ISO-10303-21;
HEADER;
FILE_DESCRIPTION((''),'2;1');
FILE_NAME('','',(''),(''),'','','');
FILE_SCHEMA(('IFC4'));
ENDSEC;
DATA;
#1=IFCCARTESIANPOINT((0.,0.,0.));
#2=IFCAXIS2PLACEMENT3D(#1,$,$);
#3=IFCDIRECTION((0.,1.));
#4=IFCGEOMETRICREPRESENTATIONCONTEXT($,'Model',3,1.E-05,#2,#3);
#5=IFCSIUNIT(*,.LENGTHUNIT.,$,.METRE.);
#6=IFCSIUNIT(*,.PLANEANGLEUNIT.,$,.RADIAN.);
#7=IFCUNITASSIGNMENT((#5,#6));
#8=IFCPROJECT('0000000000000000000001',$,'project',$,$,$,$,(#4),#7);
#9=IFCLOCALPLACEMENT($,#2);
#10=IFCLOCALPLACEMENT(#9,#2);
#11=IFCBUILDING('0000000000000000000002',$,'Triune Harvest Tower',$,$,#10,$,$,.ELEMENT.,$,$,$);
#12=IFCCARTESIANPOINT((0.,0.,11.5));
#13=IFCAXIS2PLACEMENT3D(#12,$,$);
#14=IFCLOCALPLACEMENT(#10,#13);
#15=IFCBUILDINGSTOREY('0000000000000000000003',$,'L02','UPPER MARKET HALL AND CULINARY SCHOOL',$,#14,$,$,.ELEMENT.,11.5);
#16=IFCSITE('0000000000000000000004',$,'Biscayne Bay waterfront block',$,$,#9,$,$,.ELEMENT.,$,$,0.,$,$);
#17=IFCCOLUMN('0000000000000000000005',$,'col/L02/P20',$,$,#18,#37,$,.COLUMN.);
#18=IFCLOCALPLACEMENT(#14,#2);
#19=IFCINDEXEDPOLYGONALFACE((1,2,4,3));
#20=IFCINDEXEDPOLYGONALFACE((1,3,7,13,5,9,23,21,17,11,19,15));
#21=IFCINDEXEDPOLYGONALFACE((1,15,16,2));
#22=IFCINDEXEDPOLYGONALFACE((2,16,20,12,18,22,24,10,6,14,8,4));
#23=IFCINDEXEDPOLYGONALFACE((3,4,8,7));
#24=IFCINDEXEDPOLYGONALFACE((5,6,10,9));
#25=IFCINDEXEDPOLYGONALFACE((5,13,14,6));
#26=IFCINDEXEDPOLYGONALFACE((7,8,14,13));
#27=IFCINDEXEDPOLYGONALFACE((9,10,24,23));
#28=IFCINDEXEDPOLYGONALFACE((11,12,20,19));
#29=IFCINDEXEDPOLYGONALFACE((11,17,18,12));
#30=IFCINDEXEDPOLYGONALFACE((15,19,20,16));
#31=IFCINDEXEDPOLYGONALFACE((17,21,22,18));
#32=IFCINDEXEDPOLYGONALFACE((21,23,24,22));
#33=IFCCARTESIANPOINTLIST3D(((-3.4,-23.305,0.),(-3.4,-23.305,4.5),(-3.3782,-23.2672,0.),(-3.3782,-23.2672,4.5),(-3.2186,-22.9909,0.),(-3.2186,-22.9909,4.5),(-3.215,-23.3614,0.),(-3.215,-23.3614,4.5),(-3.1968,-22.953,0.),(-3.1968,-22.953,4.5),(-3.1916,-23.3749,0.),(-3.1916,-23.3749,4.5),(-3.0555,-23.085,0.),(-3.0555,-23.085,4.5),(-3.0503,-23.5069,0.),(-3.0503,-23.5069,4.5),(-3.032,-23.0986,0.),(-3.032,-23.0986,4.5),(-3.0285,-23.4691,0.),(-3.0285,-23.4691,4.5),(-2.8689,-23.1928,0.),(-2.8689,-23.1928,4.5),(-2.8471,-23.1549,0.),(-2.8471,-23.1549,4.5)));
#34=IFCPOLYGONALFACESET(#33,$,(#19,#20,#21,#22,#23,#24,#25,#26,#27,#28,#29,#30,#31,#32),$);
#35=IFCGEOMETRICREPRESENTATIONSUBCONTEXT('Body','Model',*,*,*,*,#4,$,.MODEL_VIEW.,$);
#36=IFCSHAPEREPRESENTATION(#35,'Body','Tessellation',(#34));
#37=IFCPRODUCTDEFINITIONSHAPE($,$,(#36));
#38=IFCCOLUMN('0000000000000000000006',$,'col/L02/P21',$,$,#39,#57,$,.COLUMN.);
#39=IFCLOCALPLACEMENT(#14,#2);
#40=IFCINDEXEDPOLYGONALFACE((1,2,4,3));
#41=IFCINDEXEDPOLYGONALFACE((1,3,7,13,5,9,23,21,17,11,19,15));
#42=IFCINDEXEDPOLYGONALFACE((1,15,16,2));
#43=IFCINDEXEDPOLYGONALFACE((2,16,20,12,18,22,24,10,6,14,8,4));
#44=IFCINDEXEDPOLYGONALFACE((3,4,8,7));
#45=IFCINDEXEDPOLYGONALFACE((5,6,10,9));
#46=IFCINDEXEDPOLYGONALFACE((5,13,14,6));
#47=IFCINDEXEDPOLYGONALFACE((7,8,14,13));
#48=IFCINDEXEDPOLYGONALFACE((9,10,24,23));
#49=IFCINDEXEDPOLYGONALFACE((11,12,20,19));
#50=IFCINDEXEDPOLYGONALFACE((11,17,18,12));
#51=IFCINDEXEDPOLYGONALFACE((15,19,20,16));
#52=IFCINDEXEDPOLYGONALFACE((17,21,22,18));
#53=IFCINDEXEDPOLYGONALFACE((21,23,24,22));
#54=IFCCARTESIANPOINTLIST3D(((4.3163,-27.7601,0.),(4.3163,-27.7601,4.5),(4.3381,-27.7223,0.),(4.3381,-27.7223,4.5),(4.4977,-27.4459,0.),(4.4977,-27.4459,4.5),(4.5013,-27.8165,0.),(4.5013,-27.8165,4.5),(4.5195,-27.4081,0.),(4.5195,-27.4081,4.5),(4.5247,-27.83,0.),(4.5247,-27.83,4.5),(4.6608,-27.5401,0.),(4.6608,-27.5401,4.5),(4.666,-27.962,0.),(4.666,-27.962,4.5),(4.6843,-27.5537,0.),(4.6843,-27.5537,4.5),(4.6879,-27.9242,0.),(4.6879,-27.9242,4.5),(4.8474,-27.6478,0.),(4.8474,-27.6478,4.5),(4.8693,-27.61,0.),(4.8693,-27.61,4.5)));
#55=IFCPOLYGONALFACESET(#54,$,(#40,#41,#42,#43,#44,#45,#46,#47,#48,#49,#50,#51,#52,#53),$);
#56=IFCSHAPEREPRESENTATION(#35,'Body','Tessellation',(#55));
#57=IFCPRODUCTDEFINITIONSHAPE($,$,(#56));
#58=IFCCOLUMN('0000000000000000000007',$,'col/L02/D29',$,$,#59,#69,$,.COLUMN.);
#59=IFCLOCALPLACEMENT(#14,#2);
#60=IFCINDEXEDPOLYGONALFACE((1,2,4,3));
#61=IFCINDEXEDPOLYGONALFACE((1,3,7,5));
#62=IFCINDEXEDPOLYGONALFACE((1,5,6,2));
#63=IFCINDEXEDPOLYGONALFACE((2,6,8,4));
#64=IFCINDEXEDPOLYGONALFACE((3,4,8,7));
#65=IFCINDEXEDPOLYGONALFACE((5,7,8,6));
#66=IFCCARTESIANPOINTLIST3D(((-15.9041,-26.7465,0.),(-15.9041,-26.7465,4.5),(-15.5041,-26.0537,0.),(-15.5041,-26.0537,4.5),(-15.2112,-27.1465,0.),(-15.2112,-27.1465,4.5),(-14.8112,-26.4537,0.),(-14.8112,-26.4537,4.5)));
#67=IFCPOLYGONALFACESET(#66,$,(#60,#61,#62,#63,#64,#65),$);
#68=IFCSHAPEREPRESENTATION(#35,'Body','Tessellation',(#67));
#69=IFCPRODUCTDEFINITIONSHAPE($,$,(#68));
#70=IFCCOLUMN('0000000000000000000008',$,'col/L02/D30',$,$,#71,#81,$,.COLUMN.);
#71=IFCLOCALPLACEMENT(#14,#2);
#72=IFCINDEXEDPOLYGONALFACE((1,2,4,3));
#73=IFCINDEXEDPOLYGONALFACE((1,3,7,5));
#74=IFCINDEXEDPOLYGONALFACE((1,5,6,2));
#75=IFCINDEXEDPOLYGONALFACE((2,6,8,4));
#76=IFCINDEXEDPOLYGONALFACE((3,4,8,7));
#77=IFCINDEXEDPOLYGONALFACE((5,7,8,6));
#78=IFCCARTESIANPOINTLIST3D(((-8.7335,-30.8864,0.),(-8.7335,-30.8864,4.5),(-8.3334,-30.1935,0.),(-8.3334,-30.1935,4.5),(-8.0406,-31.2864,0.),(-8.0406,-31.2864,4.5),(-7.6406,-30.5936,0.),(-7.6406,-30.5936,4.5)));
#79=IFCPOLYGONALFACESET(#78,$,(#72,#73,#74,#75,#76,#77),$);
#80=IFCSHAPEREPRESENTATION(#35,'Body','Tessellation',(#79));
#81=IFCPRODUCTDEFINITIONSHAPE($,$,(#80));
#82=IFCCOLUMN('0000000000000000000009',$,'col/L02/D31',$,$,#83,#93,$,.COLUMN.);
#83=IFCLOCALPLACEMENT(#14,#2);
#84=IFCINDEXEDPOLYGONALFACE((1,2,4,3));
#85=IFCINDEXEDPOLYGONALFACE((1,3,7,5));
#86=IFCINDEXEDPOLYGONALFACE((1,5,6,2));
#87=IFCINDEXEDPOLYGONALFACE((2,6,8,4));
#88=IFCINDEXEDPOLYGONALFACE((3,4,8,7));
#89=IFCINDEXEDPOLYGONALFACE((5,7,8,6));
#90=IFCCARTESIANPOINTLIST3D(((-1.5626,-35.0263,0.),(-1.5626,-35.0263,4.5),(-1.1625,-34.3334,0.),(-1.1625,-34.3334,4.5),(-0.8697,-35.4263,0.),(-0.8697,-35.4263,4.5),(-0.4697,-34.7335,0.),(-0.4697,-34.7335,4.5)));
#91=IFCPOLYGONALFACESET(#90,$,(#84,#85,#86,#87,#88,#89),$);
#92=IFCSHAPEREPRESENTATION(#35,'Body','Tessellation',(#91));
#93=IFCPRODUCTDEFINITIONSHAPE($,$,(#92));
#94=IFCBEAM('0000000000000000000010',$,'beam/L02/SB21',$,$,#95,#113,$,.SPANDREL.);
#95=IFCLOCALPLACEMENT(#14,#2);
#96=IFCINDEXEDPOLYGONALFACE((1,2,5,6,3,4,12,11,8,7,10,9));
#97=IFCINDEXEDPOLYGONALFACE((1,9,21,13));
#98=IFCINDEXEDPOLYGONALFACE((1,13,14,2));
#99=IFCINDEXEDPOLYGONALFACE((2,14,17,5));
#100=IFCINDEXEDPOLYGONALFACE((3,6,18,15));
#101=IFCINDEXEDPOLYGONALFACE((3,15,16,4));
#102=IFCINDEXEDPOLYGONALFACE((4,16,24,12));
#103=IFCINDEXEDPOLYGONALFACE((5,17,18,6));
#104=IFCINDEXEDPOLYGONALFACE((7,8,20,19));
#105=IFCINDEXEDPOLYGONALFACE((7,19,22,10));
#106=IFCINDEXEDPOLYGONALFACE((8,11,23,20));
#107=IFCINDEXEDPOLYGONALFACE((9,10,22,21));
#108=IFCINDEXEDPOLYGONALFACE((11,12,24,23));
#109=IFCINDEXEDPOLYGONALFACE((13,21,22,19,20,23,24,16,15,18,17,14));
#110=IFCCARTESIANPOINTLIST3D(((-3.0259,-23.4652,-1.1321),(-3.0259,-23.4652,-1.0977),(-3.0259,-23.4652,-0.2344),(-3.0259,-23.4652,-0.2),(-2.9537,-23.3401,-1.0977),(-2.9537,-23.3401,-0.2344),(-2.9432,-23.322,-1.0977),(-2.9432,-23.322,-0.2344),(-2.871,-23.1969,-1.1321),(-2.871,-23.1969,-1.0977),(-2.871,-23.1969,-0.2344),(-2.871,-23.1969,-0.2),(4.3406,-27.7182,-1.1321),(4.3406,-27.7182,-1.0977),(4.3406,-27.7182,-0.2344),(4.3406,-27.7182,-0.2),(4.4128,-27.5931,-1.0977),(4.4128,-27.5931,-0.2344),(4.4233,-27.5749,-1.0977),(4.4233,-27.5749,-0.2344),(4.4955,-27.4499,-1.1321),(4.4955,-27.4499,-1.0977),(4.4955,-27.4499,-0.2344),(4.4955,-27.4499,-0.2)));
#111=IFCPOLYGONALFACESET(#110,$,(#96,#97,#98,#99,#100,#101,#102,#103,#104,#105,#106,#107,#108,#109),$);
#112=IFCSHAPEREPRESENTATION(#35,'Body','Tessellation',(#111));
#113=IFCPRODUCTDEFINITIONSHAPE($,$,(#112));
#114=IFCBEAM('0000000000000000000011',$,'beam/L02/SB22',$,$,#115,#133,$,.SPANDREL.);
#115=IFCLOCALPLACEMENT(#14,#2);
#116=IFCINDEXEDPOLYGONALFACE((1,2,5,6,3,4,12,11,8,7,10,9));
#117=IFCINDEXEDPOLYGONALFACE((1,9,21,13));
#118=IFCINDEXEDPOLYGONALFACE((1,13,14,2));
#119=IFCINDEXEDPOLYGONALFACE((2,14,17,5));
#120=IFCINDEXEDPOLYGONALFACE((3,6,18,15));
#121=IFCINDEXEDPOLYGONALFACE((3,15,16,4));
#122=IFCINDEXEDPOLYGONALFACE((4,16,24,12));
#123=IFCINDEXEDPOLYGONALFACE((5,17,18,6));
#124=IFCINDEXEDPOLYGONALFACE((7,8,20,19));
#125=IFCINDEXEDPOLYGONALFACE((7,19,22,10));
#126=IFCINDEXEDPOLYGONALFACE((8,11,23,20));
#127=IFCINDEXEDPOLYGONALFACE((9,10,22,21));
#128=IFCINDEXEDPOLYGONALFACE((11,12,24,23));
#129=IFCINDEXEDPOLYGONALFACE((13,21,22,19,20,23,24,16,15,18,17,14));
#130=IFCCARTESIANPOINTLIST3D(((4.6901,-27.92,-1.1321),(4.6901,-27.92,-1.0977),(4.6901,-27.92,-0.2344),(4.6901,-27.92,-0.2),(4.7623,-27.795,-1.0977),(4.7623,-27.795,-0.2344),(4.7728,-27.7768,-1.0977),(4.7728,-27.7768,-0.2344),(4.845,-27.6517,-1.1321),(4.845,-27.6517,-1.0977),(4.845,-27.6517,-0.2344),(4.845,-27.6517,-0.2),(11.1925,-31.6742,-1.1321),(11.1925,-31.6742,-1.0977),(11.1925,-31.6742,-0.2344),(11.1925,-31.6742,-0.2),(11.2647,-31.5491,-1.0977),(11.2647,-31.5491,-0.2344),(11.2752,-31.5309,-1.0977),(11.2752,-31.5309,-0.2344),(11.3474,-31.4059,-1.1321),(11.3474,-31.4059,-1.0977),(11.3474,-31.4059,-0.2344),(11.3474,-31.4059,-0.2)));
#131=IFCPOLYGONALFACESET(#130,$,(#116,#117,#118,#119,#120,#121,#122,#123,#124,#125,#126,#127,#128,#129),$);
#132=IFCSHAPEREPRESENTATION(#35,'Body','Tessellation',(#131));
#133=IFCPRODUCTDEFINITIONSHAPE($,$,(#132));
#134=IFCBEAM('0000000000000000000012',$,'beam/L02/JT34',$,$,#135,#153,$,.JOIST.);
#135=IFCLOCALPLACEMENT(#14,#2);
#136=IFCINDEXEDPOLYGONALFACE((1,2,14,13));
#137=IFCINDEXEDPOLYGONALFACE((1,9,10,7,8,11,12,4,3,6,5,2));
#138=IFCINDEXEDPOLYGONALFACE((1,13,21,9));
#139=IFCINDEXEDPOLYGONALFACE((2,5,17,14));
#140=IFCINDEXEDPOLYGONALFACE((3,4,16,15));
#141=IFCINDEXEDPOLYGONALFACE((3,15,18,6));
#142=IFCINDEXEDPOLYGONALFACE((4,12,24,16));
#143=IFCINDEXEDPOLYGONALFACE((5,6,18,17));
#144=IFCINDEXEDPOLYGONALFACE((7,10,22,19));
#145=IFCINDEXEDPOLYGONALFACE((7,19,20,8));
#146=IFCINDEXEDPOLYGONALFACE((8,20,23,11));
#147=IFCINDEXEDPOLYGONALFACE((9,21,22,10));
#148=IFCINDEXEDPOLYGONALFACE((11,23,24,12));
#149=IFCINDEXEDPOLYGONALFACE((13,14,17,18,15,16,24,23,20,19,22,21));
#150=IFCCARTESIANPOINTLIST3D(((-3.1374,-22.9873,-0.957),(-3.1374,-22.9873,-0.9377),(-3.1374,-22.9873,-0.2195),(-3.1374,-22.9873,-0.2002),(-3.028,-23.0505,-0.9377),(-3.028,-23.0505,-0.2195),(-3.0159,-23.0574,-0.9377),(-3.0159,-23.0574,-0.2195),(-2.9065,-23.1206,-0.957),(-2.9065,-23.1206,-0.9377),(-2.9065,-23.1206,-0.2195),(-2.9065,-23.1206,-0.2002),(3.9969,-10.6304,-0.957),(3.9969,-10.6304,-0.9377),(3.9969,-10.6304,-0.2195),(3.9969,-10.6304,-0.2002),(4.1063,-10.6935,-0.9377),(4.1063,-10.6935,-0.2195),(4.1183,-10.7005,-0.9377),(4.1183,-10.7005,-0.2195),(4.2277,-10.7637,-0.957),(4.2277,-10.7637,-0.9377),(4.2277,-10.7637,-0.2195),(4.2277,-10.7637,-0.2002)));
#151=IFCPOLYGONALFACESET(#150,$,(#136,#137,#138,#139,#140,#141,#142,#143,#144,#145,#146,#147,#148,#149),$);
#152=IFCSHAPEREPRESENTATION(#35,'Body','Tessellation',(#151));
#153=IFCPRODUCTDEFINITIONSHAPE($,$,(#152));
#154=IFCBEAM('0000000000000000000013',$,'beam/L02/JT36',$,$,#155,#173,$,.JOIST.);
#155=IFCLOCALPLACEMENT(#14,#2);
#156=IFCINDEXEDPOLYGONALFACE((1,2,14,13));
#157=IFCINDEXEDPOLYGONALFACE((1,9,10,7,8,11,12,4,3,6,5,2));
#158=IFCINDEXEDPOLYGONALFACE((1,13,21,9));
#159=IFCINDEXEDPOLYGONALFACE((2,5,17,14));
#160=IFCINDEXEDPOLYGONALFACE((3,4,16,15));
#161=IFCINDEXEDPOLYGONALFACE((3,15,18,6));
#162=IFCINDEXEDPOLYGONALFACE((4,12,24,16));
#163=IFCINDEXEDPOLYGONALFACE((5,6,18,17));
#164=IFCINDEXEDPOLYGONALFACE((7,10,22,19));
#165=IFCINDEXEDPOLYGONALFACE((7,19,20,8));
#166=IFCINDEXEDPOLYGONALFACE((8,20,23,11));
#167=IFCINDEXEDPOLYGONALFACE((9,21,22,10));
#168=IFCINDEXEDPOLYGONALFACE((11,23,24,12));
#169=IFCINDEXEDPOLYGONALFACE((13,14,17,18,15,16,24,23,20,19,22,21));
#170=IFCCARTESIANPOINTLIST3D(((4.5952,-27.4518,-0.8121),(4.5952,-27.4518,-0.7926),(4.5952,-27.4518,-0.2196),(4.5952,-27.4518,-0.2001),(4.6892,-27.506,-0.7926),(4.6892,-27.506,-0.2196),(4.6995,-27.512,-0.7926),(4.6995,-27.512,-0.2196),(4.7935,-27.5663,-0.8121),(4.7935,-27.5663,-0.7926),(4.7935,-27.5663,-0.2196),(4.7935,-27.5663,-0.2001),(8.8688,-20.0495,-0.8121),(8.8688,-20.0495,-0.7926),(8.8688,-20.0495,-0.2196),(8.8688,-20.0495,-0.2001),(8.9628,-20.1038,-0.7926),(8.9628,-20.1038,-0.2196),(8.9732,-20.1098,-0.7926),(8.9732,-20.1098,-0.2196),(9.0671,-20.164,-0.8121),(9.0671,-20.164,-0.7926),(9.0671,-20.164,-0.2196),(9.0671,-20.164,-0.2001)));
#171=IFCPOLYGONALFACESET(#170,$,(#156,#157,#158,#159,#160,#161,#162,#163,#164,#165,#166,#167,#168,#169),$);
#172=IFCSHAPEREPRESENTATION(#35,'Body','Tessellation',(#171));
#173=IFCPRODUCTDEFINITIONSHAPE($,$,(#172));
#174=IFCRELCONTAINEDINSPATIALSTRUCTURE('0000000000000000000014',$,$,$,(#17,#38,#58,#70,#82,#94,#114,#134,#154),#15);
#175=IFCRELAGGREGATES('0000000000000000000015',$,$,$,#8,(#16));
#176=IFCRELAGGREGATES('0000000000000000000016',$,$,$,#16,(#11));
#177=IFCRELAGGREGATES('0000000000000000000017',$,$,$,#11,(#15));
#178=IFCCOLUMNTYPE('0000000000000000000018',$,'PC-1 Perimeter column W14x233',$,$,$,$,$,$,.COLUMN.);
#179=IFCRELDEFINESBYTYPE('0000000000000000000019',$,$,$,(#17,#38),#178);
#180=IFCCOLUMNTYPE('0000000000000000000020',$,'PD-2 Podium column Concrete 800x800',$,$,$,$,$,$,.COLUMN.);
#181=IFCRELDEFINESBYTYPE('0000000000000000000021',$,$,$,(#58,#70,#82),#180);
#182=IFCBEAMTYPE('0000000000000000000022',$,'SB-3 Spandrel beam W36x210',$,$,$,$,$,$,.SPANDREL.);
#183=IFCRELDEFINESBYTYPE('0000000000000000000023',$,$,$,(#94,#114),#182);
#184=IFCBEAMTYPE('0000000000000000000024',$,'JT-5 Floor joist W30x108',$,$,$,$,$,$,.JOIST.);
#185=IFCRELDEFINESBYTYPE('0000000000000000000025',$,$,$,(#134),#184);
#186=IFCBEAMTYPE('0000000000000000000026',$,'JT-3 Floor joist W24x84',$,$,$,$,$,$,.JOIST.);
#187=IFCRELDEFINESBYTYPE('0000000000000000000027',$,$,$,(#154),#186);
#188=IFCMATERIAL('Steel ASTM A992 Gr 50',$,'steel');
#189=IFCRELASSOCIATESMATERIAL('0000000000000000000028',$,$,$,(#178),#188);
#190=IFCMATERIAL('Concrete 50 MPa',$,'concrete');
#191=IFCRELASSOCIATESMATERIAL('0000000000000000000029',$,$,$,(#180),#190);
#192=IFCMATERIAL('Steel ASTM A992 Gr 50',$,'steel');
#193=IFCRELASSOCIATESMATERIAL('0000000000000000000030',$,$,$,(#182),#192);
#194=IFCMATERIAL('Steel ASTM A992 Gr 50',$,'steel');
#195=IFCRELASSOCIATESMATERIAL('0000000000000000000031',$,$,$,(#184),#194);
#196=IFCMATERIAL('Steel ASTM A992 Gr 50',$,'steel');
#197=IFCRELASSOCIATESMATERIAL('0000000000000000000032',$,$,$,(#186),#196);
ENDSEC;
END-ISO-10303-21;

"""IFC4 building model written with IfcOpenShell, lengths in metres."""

from ifc_helpers import new_model, si_unit, direction, frame, origin, origin_2d, place, context, subcontext, project, spatial, rectangle, i_section, extrude, source, transform, mapped, material, material_profile, profile_set, type_object, element, save


model = new_model("IFC4")

# Units and contexts
model_context = context("Model", 3, precision=1e-05, world=origin(), true_north=direction((0.0, 1.0)))
body_context = subcontext(model_context, "Body", "Model", "MODEL_VIEW")
ifc_project = project(units=[si_unit("LENGTHUNIT", "METRE"), si_unit("PLANEANGLEUNIT", "RADIAN")], contexts=[model_context])

# Site, building, storey
site_placement = place(None, origin())
site = spatial("IfcSite", under=ifc_project, at=site_placement, Name="Biscayne Bay waterfront block", CompositionType="ELEMENT", RefElevation=0.0)
building_placement = place(site_placement, origin())
building = spatial("IfcBuilding", under=site, at=building_placement, Name="Triune Harvest Tower", CompositionType="ELEMENT")
storey_placement = place(building_placement, frame((0.0, 0.0, 11.5)))
storey = spatial("IfcBuildingStorey", under=building, at=storey_placement, Name="L02", Description="UPPER MARKET HALL AND CULINARY SCHOOL", CompositionType="ELEMENT", Elevation=11.5)

# Columns
ifc_material_1 = material(Name="Steel ASTM A992 Gr 50", Category="steel")
ifc_material_profile_1 = material_profile(ifc_material_1, i_section(OverallWidth=0.4038, OverallDepth=0.4065, WebThickness=0.0271, FlangeThickness=0.0437, at=origin_2d()), Name="W14x233")
ifc_profile_set_1 = profile_set([ifc_material_profile_1], Name="Steel ASTM A992 Gr 50")
column_type_1 = type_object("IfcColumnType", Name="PC-1 Perimeter column W14x233", PredefinedType="COLUMN", material=ifc_profile_set_1)
shared_shape_1 = source(origin(), body_context, "Body", "SweptSolid", [
    extrude(i_section(OverallWidth=0.4038, OverallDepth=0.4065, WebThickness=0.0271, FlangeThickness=0.0437, at=origin_2d()), origin(), (0.0, 0.0, 1.0), 4.5),
])
for number, where, z_axis, x_axis, name in (
    (1, (-3.1235, -23.23, 0.0), (0.0, 0.0, 1.0), (0.866025, -0.5, 0.0), "col/L02/P20"),
    (2, (4.5928, -27.6851, 0.0), (0.0, 0.0, 1.0), (0.866025, -0.5, 0.0), "col/L02/P21"),
):
    element("IfcColumn", number, at=place(storey_placement, frame(where, z_axis=z_axis, x_axis=x_axis)), inside=storey, type_object=column_type_1, Name=name, PredefinedType="COLUMN", context=body_context, shape_type="MappedRepresentation", body=[
        mapped(shared_shape_1, transform((0.0, 0.0, 0.0), scale=1.0)),
    ])
ifc_material_2 = material(Name="Concrete 50 MPa", Category="concrete")
ifc_material_profile_2 = material_profile(ifc_material_2, rectangle(XDim=0.8, YDim=0.8, at=origin_2d()), Name="Concrete 800x800")
ifc_profile_set_2 = profile_set([ifc_material_profile_2], Name="Concrete 50 MPa")
column_type_2 = type_object("IfcColumnType", Name="PD-2 Podium column Concrete 800x800", PredefinedType="COLUMN", material=ifc_profile_set_2)
shared_shape_2 = source(origin(), body_context, "Body", "SweptSolid", [
    extrude(rectangle(XDim=0.8, YDim=0.8, at=origin_2d()), origin(), (0.0, 0.0, 1.0), 4.5),
])
for number, where, z_axis, x_axis, name in (
    (3, (-15.3577, -26.6001, 0.0), (0.0, 0.0, 1.0), (0.866025, -0.5, 0.0), "col/L02/D29"),
    (4, (-8.187, -30.74, 0.0), (0.0, 0.0, 1.0), (0.866025, -0.5, 0.0), "col/L02/D30"),
    (5, (-1.0161, -34.8799, 0.0), (0.0, 0.0, 1.0), (0.866025, -0.5, 0.0), "col/L02/D31"),
):
    element("IfcColumn", number, at=place(storey_placement, frame(where, z_axis=z_axis, x_axis=x_axis)), inside=storey, type_object=column_type_2, Name=name, PredefinedType="COLUMN", context=body_context, shape_type="MappedRepresentation", body=[
        mapped(shared_shape_2, transform((0.0, 0.0, 0.0), scale=1.0)),
    ])

# Beams
ifc_material_3 = material(Name="Steel ASTM A992 Gr 50", Category="steel")
ifc_material_profile_3 = material_profile(ifc_material_3, i_section(OverallWidth=0.3098, OverallDepth=0.9321, WebThickness=0.021, FlangeThickness=0.0344, at=origin_2d()), Name="W36x210")
ifc_profile_set_3 = profile_set([ifc_material_profile_3], Name="Steel ASTM A992 Gr 50")
beam_type_1 = type_object("IfcBeamType", Name="SB-3 Spandrel beam W36x210", PredefinedType="SPANDREL", material=ifc_profile_set_3)
shared_shape_3 = source(origin(), body_context, "Body", "SweptSolid", [
    extrude(i_section(OverallWidth=0.3098, OverallDepth=0.9321, WebThickness=0.021, FlangeThickness=0.0344, at=origin_2d()), origin(), (0.0, 0.0, 1.0), 8.5061),
])
beam_1_placement = place(storey_placement, frame((-2.9485, -23.3311, -0.666), z_axis=(0.86603, -0.499992, 0.0), x_axis=(0.499992, 0.86603, 0.0)))
element("IfcBeam", 6, at=beam_1_placement, inside=storey, type_object=beam_type_1, Name="beam/L02/SB21", PredefinedType="SPANDREL", context=body_context, shape_type="MappedRepresentation", body=[
    mapped(shared_shape_3, transform((0.0, 0.0, 0.0), scale=1.0)),
])
shared_shape_4 = source(origin(), body_context, "Body", "SweptSolid", [
    extrude(i_section(OverallWidth=0.3098, OverallDepth=0.9321, WebThickness=0.021, FlangeThickness=0.0344, at=origin_2d()), origin(), (0.0, 0.0, 1.0), 7.5083),
])
beam_2_placement = place(storey_placement, frame((4.7676, -27.7859, -0.666), z_axis=(0.866027, -0.499996, 0.0), x_axis=(0.499996, 0.866027, 0.0)))
element("IfcBeam", 7, at=beam_2_placement, inside=storey, type_object=beam_type_1, Name="beam/L02/SB22", PredefinedType="SPANDREL", context=body_context, shape_type="MappedRepresentation", body=[
    mapped(shared_shape_4, transform((0.0, 0.0, 0.0), scale=1.0)),
])
ifc_material_4 = material(Name="Steel ASTM A992 Gr 50", Category="steel")
ifc_material_profile_4 = material_profile(ifc_material_4, i_section(OverallWidth=0.2666, OverallDepth=0.7568, WebThickness=0.0139, FlangeThickness=0.0193, at=origin_2d()), Name="W30x108")
ifc_profile_set_4 = profile_set([ifc_material_profile_4], Name="Steel ASTM A992 Gr 50")
beam_type_2 = type_object("IfcBeamType", Name="JT-5 Floor joist W30x108", PredefinedType="JOIST", material=ifc_profile_set_4)
shared_shape_5 = source(origin(), body_context, "Body", "SweptSolid", [
    extrude(i_section(OverallWidth=0.2666, OverallDepth=0.7568, WebThickness=0.0139, FlangeThickness=0.0193, at=origin_2d()), origin(), (0.0, 0.0, 1.0), 14.2686),
])
beam_3_placement = place(storey_placement, frame((-3.022, -23.054, -0.5786), z_axis=(0.5, 0.866025, 0.0), x_axis=(-0.866025, 0.5, 0.0)))
element("IfcBeam", 8, at=beam_3_placement, inside=storey, type_object=beam_type_2, Name="beam/L02/JT34", PredefinedType="JOIST", context=body_context, shape_type="MappedRepresentation", body=[
    mapped(shared_shape_5, transform((0.0, 0.0, 0.0), scale=1.0)),
])
ifc_material_5 = material(Name="Steel ASTM A992 Gr 50", Category="steel")
ifc_material_profile_5 = material_profile(ifc_material_5, i_section(OverallWidth=0.229, OverallDepth=0.6121, WebThickness=0.012, FlangeThickness=0.0195, at=origin_2d()), Name="W24x84")
ifc_profile_set_5 = profile_set([ifc_material_profile_5], Name="Steel ASTM A992 Gr 50")
beam_type_3 = type_object("IfcBeamType", Name="JT-3 Floor joist W24x84", PredefinedType="JOIST", material=ifc_profile_set_5)
shared_shape_6 = source(origin(), body_context, "Body", "SweptSolid", [
    extrude(i_section(OverallWidth=0.229, OverallDepth=0.6121, WebThickness=0.012, FlangeThickness=0.0195, at=origin_2d()), origin(), (0.0, 0.0, 1.0), 8.5474),
])
beam_4_placement = place(storey_placement, frame((4.6943, -27.509, -0.5061), z_axis=(0.499994, 0.866029, 0.0), x_axis=(-0.866029, 0.499994, 0.0)))
element("IfcBeam", 9, at=beam_4_placement, inside=storey, type_object=beam_type_3, Name="beam/L02/JT36", PredefinedType="JOIST", context=body_context, shape_type="MappedRepresentation", body=[
    mapped(shared_shape_6, transform((0.0, 0.0, 0.0), scale=1.0)),
])

save(model, "model.ifc")
